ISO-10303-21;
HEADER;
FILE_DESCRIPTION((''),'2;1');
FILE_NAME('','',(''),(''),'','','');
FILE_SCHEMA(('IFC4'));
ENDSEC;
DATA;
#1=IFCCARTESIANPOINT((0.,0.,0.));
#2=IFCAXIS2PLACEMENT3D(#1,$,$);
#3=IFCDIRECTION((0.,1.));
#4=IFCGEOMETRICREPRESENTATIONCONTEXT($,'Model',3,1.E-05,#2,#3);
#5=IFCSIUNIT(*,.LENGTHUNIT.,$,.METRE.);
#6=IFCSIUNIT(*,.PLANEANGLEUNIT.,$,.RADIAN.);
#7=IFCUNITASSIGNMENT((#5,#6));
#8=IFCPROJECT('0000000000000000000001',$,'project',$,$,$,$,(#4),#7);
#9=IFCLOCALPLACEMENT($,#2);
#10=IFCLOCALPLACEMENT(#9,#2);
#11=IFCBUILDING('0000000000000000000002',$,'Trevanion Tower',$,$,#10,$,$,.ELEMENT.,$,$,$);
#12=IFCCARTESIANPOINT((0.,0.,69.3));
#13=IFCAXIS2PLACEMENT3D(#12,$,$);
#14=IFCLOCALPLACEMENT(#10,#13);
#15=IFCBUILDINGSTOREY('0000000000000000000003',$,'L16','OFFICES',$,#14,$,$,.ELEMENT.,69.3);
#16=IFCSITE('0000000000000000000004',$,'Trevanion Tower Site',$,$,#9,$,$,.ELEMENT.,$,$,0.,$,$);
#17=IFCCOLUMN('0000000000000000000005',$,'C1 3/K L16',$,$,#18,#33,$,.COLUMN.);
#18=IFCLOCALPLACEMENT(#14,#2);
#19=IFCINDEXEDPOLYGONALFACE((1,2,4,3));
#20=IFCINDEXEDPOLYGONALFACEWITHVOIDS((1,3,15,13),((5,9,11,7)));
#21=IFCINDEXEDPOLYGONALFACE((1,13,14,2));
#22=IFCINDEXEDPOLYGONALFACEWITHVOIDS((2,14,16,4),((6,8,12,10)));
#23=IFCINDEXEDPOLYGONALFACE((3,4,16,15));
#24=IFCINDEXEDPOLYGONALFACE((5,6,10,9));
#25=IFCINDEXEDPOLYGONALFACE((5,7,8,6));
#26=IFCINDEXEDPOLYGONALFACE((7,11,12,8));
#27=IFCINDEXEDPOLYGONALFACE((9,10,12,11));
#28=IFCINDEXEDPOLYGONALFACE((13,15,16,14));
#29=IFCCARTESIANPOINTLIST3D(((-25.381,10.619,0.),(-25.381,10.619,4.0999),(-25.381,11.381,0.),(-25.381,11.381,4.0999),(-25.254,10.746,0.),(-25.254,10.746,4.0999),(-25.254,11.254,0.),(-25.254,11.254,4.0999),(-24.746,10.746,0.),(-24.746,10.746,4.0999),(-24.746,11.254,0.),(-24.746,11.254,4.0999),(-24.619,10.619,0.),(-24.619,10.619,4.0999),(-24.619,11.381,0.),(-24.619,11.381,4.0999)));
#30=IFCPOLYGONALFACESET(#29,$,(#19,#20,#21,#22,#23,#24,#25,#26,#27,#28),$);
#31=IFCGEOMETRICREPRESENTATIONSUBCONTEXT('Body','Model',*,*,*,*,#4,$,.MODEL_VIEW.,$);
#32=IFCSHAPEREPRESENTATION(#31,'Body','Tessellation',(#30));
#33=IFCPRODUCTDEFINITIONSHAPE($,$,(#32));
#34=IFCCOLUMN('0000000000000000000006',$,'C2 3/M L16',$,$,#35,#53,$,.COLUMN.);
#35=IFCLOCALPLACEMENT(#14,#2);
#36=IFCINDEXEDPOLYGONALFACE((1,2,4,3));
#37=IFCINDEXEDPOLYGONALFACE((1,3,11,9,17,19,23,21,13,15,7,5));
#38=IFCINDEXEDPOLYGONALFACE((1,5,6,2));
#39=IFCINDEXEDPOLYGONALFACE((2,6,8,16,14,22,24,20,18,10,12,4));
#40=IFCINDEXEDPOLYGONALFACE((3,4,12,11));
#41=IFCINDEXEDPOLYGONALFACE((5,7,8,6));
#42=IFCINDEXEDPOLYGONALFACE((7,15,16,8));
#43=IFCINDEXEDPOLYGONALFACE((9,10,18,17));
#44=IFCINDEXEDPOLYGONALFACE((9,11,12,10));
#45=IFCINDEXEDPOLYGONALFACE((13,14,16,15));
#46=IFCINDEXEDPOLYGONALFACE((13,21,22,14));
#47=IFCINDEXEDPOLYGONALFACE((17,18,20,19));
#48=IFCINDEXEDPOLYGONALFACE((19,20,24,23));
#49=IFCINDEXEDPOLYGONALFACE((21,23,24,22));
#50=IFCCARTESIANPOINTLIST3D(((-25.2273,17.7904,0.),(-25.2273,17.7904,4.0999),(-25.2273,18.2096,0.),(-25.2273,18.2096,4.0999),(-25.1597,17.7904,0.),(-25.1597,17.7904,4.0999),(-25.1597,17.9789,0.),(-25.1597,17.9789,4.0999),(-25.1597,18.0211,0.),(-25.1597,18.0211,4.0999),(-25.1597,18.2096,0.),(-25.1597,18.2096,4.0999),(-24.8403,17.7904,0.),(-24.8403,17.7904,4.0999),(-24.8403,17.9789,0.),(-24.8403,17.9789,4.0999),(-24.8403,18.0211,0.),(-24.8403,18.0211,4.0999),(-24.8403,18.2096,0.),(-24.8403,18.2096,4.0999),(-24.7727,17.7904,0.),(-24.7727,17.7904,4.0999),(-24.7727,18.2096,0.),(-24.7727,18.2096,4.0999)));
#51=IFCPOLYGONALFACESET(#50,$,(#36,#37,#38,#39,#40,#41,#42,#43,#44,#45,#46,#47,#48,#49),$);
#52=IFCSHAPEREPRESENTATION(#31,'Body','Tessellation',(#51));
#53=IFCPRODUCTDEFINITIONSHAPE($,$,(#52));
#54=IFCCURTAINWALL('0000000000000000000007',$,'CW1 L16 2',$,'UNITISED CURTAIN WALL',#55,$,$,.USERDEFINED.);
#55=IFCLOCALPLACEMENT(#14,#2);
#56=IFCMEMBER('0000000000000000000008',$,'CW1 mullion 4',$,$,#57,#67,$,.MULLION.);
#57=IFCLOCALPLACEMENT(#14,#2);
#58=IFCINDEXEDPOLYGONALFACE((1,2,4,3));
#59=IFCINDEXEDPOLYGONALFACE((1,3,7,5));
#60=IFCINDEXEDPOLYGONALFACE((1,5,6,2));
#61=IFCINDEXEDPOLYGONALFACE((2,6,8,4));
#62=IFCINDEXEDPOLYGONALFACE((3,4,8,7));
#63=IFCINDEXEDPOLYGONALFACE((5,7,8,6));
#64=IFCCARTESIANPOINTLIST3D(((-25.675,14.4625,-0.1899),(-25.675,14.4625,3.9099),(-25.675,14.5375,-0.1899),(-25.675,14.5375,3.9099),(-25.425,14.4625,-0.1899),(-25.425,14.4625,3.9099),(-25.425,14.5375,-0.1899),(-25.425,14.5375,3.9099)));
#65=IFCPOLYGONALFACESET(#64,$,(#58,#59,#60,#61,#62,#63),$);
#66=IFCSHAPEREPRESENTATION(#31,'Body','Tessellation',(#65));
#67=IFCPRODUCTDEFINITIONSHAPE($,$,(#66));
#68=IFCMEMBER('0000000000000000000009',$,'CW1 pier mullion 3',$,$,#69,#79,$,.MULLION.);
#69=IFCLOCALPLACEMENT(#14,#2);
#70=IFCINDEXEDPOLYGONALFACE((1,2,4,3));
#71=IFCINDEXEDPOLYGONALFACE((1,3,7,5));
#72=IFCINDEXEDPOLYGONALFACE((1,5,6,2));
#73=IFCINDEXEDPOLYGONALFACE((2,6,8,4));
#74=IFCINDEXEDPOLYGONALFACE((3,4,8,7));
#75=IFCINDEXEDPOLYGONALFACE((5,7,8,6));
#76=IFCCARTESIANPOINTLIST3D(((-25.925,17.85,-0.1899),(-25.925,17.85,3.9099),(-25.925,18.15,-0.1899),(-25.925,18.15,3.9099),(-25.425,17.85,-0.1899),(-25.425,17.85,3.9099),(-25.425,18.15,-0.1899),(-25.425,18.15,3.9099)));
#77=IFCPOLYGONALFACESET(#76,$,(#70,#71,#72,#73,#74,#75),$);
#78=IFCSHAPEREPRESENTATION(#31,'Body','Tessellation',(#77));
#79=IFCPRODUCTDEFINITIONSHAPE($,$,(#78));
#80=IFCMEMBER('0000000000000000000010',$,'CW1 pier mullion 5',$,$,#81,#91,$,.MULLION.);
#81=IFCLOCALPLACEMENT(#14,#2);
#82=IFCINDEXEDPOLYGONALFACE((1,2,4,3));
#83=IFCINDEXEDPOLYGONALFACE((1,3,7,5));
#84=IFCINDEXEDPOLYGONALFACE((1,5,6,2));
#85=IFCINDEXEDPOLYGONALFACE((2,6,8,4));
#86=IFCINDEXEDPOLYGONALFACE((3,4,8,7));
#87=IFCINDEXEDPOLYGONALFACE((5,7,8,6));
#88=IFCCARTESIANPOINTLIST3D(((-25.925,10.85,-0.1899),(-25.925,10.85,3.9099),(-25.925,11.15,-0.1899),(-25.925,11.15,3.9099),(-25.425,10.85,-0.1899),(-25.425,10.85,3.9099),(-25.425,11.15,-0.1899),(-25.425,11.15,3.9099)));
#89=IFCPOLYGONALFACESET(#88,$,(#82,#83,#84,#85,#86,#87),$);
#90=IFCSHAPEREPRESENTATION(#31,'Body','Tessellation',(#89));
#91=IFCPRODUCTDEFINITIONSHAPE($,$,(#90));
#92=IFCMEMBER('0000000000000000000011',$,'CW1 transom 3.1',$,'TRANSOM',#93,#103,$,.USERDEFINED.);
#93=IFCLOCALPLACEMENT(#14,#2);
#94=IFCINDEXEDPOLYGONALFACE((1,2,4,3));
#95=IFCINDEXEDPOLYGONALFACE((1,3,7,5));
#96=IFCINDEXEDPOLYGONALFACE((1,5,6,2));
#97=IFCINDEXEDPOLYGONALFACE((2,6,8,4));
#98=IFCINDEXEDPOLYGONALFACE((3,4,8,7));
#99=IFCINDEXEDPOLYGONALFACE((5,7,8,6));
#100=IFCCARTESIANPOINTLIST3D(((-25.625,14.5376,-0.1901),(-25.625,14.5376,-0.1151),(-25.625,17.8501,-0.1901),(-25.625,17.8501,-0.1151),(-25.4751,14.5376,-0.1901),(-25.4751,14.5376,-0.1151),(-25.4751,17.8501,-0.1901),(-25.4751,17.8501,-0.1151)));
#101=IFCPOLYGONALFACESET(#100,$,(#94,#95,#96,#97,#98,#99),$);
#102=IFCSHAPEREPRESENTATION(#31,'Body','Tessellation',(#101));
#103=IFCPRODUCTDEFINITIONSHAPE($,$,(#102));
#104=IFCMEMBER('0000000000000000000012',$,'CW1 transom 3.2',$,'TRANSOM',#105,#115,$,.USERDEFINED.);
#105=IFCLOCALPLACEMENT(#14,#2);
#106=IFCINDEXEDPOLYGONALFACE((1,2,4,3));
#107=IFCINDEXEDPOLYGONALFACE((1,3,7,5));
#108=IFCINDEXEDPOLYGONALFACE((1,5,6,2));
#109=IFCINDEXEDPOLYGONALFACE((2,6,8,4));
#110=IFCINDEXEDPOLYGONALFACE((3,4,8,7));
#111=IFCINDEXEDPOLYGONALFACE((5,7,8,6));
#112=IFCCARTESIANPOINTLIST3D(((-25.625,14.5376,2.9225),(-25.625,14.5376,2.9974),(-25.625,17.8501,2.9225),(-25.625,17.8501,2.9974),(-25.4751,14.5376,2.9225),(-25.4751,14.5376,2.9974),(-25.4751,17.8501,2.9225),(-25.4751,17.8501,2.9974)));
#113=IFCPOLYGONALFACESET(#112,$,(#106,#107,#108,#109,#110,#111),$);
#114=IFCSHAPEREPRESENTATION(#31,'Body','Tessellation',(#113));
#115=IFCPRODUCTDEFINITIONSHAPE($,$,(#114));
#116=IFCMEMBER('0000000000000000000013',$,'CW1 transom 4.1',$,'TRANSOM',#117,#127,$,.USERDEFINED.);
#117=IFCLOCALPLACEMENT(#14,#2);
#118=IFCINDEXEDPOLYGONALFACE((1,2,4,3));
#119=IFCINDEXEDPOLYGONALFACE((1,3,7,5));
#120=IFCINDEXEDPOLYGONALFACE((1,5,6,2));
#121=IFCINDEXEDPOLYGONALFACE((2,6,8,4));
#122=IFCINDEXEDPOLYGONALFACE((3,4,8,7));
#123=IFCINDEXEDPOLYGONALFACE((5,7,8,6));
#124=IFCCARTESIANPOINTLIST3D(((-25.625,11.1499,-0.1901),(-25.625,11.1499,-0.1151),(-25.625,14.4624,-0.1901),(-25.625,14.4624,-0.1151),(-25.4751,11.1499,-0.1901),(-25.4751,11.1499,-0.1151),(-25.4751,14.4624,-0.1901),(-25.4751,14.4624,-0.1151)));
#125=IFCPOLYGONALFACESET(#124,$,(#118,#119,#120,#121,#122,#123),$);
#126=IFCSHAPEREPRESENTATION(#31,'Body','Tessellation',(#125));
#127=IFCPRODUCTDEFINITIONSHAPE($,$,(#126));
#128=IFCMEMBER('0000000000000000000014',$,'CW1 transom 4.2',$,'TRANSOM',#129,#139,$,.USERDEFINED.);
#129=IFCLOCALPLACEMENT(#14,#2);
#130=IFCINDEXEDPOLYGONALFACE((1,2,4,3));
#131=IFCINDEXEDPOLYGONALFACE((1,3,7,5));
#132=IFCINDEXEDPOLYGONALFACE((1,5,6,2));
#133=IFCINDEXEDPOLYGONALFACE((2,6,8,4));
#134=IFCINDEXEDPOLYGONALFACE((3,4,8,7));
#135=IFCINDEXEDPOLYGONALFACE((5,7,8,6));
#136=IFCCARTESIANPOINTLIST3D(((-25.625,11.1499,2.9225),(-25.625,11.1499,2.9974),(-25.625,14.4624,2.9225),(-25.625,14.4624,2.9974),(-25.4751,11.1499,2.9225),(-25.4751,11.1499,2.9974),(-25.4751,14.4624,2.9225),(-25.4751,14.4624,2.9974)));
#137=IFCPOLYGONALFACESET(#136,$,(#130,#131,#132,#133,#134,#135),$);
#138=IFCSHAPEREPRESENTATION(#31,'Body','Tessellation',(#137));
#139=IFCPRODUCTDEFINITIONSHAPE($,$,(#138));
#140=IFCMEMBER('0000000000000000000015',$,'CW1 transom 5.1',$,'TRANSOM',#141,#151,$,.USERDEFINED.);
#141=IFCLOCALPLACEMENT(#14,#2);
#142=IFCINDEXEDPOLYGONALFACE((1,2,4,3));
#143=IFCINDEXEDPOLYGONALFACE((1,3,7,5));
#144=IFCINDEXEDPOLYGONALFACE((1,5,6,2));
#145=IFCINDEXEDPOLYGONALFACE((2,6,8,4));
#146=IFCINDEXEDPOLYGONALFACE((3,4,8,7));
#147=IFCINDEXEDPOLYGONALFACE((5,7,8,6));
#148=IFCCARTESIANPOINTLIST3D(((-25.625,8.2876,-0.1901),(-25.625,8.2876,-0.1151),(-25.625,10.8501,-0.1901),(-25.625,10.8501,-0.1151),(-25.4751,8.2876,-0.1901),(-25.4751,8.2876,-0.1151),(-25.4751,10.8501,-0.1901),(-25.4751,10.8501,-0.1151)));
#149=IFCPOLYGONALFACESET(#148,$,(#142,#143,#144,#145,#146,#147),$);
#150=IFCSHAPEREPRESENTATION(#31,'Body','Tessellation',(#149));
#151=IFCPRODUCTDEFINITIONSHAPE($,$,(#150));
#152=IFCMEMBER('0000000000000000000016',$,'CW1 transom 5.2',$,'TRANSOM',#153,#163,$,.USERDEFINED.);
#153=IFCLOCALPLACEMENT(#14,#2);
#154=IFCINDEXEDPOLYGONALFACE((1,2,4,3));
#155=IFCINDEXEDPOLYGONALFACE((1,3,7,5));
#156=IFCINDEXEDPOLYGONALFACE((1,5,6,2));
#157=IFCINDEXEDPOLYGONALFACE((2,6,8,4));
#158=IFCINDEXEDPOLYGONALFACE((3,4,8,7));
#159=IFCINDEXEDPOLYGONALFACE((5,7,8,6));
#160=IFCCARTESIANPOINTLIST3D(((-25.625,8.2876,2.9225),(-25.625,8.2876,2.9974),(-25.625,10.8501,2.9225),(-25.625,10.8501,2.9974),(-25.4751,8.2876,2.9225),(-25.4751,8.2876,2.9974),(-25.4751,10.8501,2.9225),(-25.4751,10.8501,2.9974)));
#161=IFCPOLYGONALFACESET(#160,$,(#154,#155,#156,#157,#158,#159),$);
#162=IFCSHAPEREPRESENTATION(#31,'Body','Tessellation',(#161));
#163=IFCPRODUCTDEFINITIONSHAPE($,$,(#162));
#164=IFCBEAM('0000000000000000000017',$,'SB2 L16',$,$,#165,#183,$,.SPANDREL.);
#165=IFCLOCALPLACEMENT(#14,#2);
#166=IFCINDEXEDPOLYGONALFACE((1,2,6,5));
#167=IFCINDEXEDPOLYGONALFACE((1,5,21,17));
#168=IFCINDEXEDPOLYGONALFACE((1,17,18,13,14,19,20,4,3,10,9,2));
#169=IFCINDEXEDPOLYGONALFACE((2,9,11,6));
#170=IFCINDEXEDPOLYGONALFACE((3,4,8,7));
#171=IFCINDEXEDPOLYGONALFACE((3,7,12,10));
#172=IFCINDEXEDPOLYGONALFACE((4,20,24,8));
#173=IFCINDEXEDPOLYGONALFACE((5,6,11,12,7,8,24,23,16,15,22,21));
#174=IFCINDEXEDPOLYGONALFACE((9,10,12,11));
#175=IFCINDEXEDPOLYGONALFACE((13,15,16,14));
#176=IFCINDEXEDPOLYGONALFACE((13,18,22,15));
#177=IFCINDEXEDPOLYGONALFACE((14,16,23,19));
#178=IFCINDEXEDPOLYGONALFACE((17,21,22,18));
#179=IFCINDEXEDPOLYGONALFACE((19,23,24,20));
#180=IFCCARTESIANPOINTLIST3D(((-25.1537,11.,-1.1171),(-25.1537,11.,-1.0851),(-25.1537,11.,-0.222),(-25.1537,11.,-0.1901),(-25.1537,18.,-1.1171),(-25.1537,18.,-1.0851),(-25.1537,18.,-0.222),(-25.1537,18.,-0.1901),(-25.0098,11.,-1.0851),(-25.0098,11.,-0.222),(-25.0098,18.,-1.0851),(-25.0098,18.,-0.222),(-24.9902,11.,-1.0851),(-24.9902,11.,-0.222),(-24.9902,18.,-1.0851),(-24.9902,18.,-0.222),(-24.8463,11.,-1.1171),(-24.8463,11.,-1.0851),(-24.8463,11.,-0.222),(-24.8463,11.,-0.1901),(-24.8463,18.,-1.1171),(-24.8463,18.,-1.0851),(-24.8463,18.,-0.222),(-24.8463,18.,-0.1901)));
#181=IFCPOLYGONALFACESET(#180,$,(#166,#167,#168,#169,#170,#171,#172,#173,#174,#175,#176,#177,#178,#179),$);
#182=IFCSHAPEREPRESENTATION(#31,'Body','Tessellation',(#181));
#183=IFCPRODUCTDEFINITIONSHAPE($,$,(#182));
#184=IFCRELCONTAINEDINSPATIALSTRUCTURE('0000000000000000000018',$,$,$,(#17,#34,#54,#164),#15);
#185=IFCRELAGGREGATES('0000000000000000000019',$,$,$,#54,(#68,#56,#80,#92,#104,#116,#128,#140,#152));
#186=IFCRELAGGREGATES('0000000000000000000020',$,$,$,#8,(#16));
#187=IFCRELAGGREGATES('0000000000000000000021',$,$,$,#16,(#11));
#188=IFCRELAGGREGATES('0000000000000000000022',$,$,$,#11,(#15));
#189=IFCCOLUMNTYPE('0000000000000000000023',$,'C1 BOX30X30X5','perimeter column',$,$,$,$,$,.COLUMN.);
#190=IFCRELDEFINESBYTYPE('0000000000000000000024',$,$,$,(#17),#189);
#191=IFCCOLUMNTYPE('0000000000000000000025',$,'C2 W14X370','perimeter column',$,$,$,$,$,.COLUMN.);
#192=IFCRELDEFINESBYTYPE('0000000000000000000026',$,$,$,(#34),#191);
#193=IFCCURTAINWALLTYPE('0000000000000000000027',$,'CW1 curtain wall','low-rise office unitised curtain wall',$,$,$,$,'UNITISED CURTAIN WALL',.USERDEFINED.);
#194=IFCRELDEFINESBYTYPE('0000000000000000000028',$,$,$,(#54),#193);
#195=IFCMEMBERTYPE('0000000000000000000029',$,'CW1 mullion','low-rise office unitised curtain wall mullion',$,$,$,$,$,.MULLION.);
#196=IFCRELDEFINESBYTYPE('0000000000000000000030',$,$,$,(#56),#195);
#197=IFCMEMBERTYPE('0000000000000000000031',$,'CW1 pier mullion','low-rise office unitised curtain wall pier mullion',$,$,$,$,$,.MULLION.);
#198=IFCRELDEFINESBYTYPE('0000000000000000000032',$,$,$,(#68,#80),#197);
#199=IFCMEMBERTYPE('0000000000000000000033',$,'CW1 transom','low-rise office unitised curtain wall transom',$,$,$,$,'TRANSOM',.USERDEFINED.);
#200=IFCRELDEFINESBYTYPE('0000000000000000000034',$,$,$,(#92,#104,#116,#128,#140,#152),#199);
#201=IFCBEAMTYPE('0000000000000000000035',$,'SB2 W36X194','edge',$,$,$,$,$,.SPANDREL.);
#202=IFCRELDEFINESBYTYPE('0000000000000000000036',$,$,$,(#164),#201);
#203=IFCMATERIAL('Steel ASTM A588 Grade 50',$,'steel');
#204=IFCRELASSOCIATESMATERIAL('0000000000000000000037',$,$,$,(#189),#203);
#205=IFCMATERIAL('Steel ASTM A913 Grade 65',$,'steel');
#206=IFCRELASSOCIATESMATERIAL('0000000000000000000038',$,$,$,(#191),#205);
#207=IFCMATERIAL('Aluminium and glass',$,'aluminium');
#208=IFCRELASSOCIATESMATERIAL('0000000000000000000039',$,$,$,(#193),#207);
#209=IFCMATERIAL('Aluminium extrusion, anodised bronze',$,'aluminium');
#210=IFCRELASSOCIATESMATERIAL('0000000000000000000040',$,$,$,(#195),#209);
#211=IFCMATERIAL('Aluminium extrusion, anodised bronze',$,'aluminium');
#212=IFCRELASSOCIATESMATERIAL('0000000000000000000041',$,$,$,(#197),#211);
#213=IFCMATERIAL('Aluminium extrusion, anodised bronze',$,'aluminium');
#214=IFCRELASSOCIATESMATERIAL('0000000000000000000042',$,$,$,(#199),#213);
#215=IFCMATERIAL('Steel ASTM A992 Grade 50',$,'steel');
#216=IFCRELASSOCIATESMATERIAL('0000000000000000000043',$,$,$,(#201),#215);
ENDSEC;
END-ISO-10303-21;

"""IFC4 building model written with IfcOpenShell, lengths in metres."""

from ifc_helpers import new_model, si_unit, direction, frame, origin, origin_2d, place, context, subcontext, project, spatial, rectangle, hollow_rectangle, i_section, extrude, material, material_profile, profile_set, type_object, element, aggregate, save


model = new_model("IFC4")

# Units and contexts
model_context = context("Model", 3, precision=1e-05, world=origin(), true_north=direction((0.0, 1.0)))
body_context = subcontext(model_context, "Body", "Model", "MODEL_VIEW")
ifc_project = project(units=[si_unit("LENGTHUNIT", "METRE"), si_unit("PLANEANGLEUNIT", "RADIAN")], contexts=[model_context])

# Site, building, storey
site_placement = place(None, origin())
site = spatial("IfcSite", under=ifc_project, at=site_placement, Name="Trevanion Tower Site", CompositionType="ELEMENT", RefElevation=0.0)
building_placement = place(site_placement, origin())
building = spatial("IfcBuilding", under=site, at=building_placement, Name="Trevanion Tower", CompositionType="ELEMENT")
storey_placement = place(building_placement, frame((0.0, 0.0, 69.3)))
storey = spatial("IfcBuildingStorey", under=building, at=storey_placement, Name="L16", Description="OFFICES", CompositionType="ELEMENT", Elevation=69.3)

# Columns
ifc_material_1 = material(Name="Steel ASTM A588 Grade 50", Category="steel")
ifc_material_profile_1 = material_profile(ifc_material_1, hollow_rectangle(XDim=0.762, YDim=0.762, WallThickness=0.127, at=origin_2d()), Name="BOX30X30X5")
ifc_profile_set_1 = profile_set([ifc_material_profile_1], Name="Steel ASTM A588 Grade 50")
column_type_1 = type_object("IfcColumnType", Name="C1 BOX30X30X5", Description="perimeter column", PredefinedType="COLUMN", material=ifc_profile_set_1)
column_1_placement = place(storey_placement, frame((-25.0, 11.0, 0.0), z_axis=(0.0, 0.0, 1.0), x_axis=(0.0, 1.0, 0.0)))
element("IfcColumn", 1, at=column_1_placement, inside=storey, type_object=column_type_1, Name="C1 3/K L16", PredefinedType="COLUMN", context=body_context, shape_type="SweptSolid", body=[
    extrude(hollow_rectangle(XDim=0.762, YDim=0.762, WallThickness=0.127, at=origin_2d()), origin(), (0.0, 0.0, 1.0), 4.0999),
])
ifc_material_2 = material(Name="Steel ASTM A913 Grade 65", Category="steel")
ifc_material_profile_2 = material_profile(ifc_material_2, i_section(OverallWidth=0.4192, OverallDepth=0.4546, WebThickness=0.0422, FlangeThickness=0.0676, at=origin_2d()), Name="W14X370")
ifc_profile_set_2 = profile_set([ifc_material_profile_2], Name="Steel ASTM A913 Grade 65")
column_type_2 = type_object("IfcColumnType", Name="C2 W14X370", Description="perimeter column", PredefinedType="COLUMN", material=ifc_profile_set_2)
column_2_placement = place(storey_placement, frame((-25.0, 18.0, 0.0), z_axis=(0.0, 0.0, 1.0), x_axis=(0.0, 1.0, 0.0)))
element("IfcColumn", 2, at=column_2_placement, inside=storey, type_object=column_type_2, Name="C2 3/M L16", PredefinedType="COLUMN", context=body_context, shape_type="SweptSolid", body=[
    extrude(i_section(OverallWidth=0.4192, OverallDepth=0.4546, WebThickness=0.0422, FlangeThickness=0.0676, at=origin_2d()), origin(), (0.0, 0.0, 1.0), 4.0999),
])

# Curtain wall, members
ifc_material_3 = material(Name="Aluminium and glass", Category="aluminium")
curtain_wall_type = type_object("IfcCurtainWallType", Name="CW1 curtain wall", Description="low-rise office unitised curtain wall", ElementType="UNITISED CURTAIN WALL", PredefinedType="USERDEFINED", material=ifc_material_3)
curtain_wall_placement = place(storey_placement, origin())
curtain_wall = element("IfcCurtainWall", 3, at=curtain_wall_placement, inside=storey, type_object=curtain_wall_type, Name="CW1 L16 2", ObjectType="UNITISED CURTAIN WALL", PredefinedType="USERDEFINED")
ifc_material_4 = material(Name="Aluminium extrusion, anodised bronze", Category="aluminium")
ifc_material_profile_3 = material_profile(ifc_material_4, rectangle(XDim=0.075, YDim=0.25, at=origin_2d()), Name="CW1 mullion")
ifc_profile_set_3 = profile_set([ifc_material_profile_3], Name="Aluminium extrusion, anodised bronze")
member_type_1 = type_object("IfcMemberType", Name="CW1 mullion", Description="low-rise office unitised curtain wall mullion", PredefinedType="MULLION", material=ifc_profile_set_3)
member_1_placement = place(storey_placement, frame((-25.55, 14.5, -0.1899), z_axis=(0.0, 0.0, 1.0), x_axis=(0.0, -1.0, 0.0)))
member_1 = element("IfcMember", 4, at=member_1_placement, type_object=member_type_1, Name="CW1 mullion 4", PredefinedType="MULLION", context=body_context, shape_type="SweptSolid", body=[
    extrude(rectangle(XDim=0.075, YDim=0.25, at=origin_2d()), origin(), (0.0, 0.0, 1.0), 4.0999),
])
ifc_material_5 = material(Name="Aluminium extrusion, anodised bronze", Category="aluminium")
ifc_material_profile_4 = material_profile(ifc_material_5, rectangle(XDim=0.3, YDim=0.5, at=origin_2d()), Name="CW1 pier mullion")
ifc_profile_set_4 = profile_set([ifc_material_profile_4], Name="Aluminium extrusion, anodised bronze")
member_type_2 = type_object("IfcMemberType", Name="CW1 pier mullion", Description="low-rise office unitised curtain wall pier mullion", PredefinedType="MULLION", material=ifc_profile_set_4)
member_2_placement = place(storey_placement, frame((-25.675, 18.0, -0.1899), z_axis=(0.0, 0.0, 1.0), x_axis=(0.0, -1.0, 0.0)))
member_2 = element("IfcMember", 5, at=member_2_placement, type_object=member_type_2, Name="CW1 pier mullion 3", PredefinedType="MULLION", context=body_context, shape_type="SweptSolid", body=[
    extrude(rectangle(XDim=0.3, YDim=0.5, at=origin_2d()), origin(), (0.0, 0.0, 1.0), 4.0999),
])
member_3_placement = place(storey_placement, frame((-25.675, 11.0, -0.1899), z_axis=(0.0, 0.0, 1.0), x_axis=(0.0, -1.0, 0.0)))
member_3 = element("IfcMember", 6, at=member_3_placement, type_object=member_type_2, Name="CW1 pier mullion 5", PredefinedType="MULLION", context=body_context, shape_type="SweptSolid", body=[
    extrude(rectangle(XDim=0.3, YDim=0.5, at=origin_2d()), origin(), (0.0, 0.0, 1.0), 4.0999),
])
ifc_material_6 = material(Name="Aluminium extrusion, anodised bronze", Category="aluminium")
ifc_material_profile_5 = material_profile(ifc_material_6, rectangle(XDim=0.1499, YDim=0.075, at=origin_2d()), Name="CW1 transom")
ifc_profile_set_5 = profile_set([ifc_material_profile_5], Name="Aluminium extrusion, anodised bronze")
member_type_3 = type_object("IfcMemberType", Name="CW1 transom", Description="low-rise office unitised curtain wall transom", ElementType="TRANSOM", PredefinedType="USERDEFINED", material=ifc_profile_set_5)
member_4_placement = place(storey_placement, frame((-25.55, 17.8501, -0.1526), z_axis=(0.0, -1.0, 0.0), x_axis=(1.0, 0.0, 0.0)))
member_4 = element("IfcMember", 7, at=member_4_placement, type_object=member_type_3, Name="CW1 transom 3.1", ObjectType="TRANSOM", PredefinedType="USERDEFINED", context=body_context, shape_type="SweptSolid", body=[
    extrude(rectangle(XDim=0.1499, YDim=0.075, at=origin_2d()), origin(), (0.0, 0.0, 1.0), 3.3125),
])
member_5_placement = place(storey_placement, frame((-25.55, 17.8501, 2.96), z_axis=(0.0, -1.0, 0.0), x_axis=(1.0, 0.0, 0.0)))
member_5 = element("IfcMember", 8, at=member_5_placement, type_object=member_type_3, Name="CW1 transom 3.2", ObjectType="TRANSOM", PredefinedType="USERDEFINED", context=body_context, shape_type="SweptSolid", body=[
    extrude(rectangle(XDim=0.1499, YDim=0.075, at=origin_2d()), origin(), (0.0, 0.0, 1.0), 3.3125),
])
member_6_placement = place(storey_placement, frame((-25.55, 14.4624, -0.1526), z_axis=(0.0, -1.0, 0.0), x_axis=(1.0, 0.0, 0.0)))
member_6 = element("IfcMember", 9, at=member_6_placement, type_object=member_type_3, Name="CW1 transom 4.1", ObjectType="TRANSOM", PredefinedType="USERDEFINED", context=body_context, shape_type="SweptSolid", body=[
    extrude(rectangle(XDim=0.1499, YDim=0.075, at=origin_2d()), origin(), (0.0, 0.0, 1.0), 3.3125),
])
member_7_placement = place(storey_placement, frame((-25.55, 14.4624, 2.96), z_axis=(0.0, -1.0, 0.0), x_axis=(1.0, 0.0, 0.0)))
member_7 = element("IfcMember", 10, at=member_7_placement, type_object=member_type_3, Name="CW1 transom 4.2", ObjectType="TRANSOM", PredefinedType="USERDEFINED", context=body_context, shape_type="SweptSolid", body=[
    extrude(rectangle(XDim=0.1499, YDim=0.075, at=origin_2d()), origin(), (0.0, 0.0, 1.0), 3.3125),
])
member_8_placement = place(storey_placement, frame((-25.55, 10.8501, -0.1526), z_axis=(0.0, -1.0, 0.0), x_axis=(1.0, 0.0, 0.0)))
member_8 = element("IfcMember", 11, at=member_8_placement, type_object=member_type_3, Name="CW1 transom 5.1", ObjectType="TRANSOM", PredefinedType="USERDEFINED", context=body_context, shape_type="SweptSolid", body=[
    extrude(rectangle(XDim=0.1499, YDim=0.075, at=origin_2d()), origin(), (0.0, 0.0, 1.0), 2.5625),
])
member_9_placement = place(storey_placement, frame((-25.55, 10.8501, 2.96), z_axis=(0.0, -1.0, 0.0), x_axis=(1.0, 0.0, 0.0)))
member_9 = element("IfcMember", 12, at=member_9_placement, type_object=member_type_3, Name="CW1 transom 5.2", ObjectType="TRANSOM", PredefinedType="USERDEFINED", context=body_context, shape_type="SweptSolid", body=[
    extrude(rectangle(XDim=0.1499, YDim=0.075, at=origin_2d()), origin(), (0.0, 0.0, 1.0), 2.5625),
])

# Beam
ifc_material_7 = material(Name="Steel ASTM A992 Grade 50", Category="steel")
ifc_material_profile_6 = material_profile(ifc_material_7, i_section(OverallWidth=0.3074, OverallDepth=0.927, WebThickness=0.0195, FlangeThickness=0.032, at=origin_2d()), Name="W36X194")
ifc_profile_set_6 = profile_set([ifc_material_profile_6], Name="Steel ASTM A992 Grade 50")
beam_type = type_object("IfcBeamType", Name="SB2 W36X194", Description="edge", PredefinedType="SPANDREL", material=ifc_profile_set_6)
beam_1_placement = place(storey_placement, frame((-25.0, 18.0, -0.6536), z_axis=(0.0, -1.0, 0.0), x_axis=(1.0, 0.0, 0.0)))
element("IfcBeam", 13, at=beam_1_placement, inside=storey, type_object=beam_type, Name="SB2 L16", PredefinedType="SPANDREL", context=body_context, shape_type="SweptSolid", body=[
    extrude(i_section(OverallWidth=0.3074, OverallDepth=0.927, WebThickness=0.0195, FlangeThickness=0.032, at=origin_2d()), origin(), (0.0, 0.0, 1.0), 7.0),
])

aggregate(curtain_wall, [member_2, member_1, member_3, member_4, member_5, member_6, member_7, member_8, member_9])

save(model, "model.ifc")
